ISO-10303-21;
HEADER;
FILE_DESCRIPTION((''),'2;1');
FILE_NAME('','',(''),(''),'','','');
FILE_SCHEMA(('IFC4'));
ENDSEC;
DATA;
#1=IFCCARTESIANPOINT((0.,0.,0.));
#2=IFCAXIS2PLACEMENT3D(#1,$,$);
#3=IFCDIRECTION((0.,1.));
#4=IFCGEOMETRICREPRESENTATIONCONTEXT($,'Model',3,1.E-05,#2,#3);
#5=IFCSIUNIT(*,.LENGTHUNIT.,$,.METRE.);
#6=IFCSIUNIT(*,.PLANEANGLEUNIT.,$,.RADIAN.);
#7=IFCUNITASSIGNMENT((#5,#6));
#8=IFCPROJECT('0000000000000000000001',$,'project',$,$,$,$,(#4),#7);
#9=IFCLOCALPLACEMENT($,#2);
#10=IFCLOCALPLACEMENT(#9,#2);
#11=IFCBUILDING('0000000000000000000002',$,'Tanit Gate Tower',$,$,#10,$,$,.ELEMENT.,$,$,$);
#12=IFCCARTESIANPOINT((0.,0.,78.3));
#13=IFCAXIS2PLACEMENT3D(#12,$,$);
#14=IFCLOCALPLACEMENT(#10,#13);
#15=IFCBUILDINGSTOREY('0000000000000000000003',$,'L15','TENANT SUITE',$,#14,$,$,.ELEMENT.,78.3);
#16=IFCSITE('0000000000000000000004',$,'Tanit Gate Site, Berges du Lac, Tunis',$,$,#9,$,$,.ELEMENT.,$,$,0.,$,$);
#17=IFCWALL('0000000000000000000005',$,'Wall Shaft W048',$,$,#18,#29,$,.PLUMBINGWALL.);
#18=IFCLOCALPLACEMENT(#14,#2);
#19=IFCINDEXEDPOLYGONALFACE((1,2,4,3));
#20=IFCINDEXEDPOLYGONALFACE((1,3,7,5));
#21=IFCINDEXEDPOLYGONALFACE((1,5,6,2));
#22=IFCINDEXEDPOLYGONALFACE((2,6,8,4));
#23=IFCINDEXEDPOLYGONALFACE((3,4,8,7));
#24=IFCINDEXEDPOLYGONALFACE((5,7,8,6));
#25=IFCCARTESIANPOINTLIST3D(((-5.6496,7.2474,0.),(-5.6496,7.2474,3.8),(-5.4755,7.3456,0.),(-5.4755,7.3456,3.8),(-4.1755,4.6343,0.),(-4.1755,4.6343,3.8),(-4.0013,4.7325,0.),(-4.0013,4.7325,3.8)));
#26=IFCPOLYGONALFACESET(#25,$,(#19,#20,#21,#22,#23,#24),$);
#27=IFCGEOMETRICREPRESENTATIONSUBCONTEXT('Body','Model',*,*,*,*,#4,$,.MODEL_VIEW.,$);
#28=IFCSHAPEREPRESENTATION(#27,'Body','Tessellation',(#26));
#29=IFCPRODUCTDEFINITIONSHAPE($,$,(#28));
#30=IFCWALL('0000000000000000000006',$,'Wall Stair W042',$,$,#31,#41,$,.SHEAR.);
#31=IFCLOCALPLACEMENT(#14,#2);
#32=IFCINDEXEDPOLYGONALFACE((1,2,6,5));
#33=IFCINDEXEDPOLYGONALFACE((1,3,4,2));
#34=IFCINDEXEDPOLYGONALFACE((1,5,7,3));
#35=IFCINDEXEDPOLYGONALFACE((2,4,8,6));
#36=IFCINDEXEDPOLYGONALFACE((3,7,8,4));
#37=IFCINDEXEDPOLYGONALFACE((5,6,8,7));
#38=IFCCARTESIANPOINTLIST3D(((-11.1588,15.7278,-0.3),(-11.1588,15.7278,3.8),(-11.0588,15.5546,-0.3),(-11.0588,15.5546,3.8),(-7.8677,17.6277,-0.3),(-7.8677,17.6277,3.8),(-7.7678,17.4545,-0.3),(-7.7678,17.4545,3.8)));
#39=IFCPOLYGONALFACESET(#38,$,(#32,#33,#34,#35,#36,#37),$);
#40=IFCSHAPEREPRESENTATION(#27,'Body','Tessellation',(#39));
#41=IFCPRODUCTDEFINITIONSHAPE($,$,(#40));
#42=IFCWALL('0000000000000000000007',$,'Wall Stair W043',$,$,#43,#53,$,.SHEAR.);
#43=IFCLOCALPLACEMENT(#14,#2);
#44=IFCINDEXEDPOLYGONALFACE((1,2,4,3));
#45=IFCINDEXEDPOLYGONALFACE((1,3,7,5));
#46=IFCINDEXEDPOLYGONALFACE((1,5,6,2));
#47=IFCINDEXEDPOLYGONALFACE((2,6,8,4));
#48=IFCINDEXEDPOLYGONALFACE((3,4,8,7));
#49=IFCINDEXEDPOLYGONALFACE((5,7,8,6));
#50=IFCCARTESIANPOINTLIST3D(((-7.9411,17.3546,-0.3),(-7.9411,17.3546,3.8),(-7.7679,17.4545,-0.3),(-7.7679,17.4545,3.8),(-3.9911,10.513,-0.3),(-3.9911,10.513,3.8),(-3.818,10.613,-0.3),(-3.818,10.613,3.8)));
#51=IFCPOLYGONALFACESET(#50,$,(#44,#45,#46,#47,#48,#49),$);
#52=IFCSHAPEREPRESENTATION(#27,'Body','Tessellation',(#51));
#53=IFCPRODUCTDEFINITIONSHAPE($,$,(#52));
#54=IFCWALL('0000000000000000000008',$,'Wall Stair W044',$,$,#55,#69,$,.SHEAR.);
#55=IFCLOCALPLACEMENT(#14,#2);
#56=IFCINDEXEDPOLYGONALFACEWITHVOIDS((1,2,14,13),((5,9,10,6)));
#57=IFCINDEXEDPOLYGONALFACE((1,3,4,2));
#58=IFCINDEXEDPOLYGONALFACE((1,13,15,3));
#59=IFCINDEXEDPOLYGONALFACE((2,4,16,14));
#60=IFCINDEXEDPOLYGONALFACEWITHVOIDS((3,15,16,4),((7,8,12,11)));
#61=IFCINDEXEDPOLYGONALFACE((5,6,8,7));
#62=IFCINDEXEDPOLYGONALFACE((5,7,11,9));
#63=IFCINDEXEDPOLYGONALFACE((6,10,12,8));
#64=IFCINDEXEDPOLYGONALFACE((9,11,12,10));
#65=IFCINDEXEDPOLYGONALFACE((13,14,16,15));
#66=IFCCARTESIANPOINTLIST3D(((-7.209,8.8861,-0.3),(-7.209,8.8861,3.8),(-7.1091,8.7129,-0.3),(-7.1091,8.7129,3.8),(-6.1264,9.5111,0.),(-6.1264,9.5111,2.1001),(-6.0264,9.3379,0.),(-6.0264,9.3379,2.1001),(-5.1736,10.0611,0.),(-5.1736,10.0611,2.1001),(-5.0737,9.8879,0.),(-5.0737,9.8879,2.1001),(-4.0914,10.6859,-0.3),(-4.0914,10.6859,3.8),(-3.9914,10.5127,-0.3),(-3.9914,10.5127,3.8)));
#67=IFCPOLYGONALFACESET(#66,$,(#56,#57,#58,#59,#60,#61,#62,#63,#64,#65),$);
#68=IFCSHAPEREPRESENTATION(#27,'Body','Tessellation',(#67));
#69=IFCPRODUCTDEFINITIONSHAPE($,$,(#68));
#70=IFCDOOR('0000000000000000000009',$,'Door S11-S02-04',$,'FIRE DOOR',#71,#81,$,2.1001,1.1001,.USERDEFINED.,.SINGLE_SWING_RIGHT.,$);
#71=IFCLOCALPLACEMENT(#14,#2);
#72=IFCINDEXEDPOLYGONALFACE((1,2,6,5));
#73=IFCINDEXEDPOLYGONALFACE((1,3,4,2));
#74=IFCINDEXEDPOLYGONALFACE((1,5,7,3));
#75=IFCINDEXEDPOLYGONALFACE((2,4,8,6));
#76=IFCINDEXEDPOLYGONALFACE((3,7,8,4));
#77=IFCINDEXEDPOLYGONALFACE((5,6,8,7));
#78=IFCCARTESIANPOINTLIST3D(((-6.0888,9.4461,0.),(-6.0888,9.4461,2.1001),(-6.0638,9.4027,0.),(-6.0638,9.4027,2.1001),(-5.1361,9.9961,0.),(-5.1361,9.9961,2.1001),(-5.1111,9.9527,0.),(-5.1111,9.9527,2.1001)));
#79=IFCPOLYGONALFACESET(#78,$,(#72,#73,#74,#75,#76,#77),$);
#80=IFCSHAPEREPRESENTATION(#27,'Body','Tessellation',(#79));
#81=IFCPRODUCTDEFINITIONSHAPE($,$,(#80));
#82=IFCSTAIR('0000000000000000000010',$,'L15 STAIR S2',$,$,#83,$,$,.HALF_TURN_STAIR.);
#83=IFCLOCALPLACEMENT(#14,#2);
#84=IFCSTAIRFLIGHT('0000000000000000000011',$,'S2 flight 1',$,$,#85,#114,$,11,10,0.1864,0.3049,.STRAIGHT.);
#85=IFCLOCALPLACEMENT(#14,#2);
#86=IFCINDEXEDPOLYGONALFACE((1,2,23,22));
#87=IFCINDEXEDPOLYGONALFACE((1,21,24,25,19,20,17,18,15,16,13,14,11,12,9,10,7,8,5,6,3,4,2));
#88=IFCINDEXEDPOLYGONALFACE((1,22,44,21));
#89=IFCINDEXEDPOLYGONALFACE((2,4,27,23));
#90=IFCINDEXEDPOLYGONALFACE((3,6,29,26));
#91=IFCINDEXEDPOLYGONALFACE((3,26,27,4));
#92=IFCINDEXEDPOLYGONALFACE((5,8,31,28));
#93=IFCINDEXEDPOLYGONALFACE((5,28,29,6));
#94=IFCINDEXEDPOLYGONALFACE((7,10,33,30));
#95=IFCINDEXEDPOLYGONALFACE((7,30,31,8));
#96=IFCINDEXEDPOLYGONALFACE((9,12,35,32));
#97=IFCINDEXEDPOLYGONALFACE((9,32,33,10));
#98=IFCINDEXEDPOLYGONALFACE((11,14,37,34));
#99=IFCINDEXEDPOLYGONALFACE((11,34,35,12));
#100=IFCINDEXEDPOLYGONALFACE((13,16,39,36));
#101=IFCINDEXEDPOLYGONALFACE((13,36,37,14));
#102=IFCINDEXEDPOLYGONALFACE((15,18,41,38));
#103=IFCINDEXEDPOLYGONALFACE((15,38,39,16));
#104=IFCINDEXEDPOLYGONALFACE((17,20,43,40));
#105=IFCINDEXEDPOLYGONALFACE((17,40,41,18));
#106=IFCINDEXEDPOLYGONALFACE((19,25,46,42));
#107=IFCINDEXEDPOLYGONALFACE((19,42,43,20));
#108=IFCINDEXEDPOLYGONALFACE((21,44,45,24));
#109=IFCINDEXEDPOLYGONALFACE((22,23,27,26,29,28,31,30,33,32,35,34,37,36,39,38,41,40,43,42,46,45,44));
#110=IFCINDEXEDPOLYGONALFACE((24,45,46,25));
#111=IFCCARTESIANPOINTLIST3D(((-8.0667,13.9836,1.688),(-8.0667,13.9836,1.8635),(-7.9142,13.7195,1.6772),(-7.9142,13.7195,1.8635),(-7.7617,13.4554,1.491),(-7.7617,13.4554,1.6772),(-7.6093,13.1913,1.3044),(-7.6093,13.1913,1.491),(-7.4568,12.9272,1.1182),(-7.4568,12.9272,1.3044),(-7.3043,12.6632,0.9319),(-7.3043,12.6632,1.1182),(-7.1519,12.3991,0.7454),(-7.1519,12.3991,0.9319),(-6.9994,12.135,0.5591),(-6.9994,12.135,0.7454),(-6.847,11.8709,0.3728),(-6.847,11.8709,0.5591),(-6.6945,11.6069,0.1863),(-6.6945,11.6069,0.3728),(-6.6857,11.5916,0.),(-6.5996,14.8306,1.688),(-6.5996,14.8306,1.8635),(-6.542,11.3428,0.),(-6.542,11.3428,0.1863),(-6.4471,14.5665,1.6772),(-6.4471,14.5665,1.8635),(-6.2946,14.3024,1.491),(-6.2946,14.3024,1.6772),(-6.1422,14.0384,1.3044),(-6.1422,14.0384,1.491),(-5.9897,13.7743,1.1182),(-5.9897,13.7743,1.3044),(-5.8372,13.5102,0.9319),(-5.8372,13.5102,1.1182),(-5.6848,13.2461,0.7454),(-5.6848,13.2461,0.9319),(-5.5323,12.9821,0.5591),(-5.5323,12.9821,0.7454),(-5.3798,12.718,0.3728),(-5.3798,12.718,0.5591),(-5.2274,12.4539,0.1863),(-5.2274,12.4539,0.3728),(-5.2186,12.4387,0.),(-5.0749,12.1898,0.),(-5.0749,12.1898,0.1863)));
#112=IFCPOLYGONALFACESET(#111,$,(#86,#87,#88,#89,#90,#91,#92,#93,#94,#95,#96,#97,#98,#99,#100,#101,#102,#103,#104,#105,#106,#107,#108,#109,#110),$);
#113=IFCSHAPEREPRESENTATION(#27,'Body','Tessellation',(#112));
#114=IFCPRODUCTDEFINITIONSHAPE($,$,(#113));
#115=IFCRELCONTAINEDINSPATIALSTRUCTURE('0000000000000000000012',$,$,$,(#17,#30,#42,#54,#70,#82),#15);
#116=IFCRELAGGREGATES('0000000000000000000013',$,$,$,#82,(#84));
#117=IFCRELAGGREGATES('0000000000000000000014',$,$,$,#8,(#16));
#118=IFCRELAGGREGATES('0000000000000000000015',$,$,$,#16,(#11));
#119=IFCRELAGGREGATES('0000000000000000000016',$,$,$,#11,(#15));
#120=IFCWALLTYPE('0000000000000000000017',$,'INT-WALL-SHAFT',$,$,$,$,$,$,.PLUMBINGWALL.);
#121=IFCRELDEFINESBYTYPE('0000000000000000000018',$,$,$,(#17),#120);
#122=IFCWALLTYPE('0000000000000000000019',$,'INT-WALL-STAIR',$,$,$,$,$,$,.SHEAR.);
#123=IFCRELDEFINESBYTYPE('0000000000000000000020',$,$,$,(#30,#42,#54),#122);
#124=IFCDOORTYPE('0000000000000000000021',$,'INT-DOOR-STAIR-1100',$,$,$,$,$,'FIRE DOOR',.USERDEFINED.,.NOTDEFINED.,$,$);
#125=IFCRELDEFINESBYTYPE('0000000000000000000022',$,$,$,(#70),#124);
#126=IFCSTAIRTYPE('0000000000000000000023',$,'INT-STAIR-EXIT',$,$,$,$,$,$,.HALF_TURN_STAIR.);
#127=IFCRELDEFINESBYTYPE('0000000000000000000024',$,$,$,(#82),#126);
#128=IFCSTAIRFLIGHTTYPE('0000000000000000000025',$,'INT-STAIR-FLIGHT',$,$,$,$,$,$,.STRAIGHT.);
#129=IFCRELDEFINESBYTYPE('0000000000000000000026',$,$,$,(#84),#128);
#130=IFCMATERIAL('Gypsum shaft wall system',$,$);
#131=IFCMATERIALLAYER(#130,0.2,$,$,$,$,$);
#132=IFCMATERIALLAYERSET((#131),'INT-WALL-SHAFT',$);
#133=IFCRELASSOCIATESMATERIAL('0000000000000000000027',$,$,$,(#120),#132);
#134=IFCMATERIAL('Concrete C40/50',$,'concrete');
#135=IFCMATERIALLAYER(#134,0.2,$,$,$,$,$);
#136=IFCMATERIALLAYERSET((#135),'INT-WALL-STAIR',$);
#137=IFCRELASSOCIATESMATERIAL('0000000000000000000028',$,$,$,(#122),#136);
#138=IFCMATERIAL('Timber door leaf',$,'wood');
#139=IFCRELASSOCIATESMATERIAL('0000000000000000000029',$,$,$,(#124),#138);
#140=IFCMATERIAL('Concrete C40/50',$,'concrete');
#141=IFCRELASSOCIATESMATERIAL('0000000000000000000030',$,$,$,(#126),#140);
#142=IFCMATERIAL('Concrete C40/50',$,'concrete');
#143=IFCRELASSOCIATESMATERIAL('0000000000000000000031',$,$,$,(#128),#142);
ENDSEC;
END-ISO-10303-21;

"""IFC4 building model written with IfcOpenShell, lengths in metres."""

from ifc_helpers import new_model, si_unit, direction, frame, frame_2d, origin, place, context, subcontext, project, spatial, polyline, rectangle, outline, extrude, material, layer, layer_set, type_object, element, fill, aggregate, save


model = new_model("IFC4")

# Units and contexts
model_context = context("Model", 3, precision=1e-05, world=origin(), true_north=direction((0.0, 1.0)))
body_context = subcontext(model_context, "Body", "Model", "MODEL_VIEW")
ifc_project = project(units=[si_unit("LENGTHUNIT", "METRE"), si_unit("PLANEANGLEUNIT", "RADIAN")], contexts=[model_context])

# Site, building, storey
site_placement = place(None, origin())
site = spatial("IfcSite", under=ifc_project, at=site_placement, Name="Tanit Gate Site, Berges du Lac, Tunis", CompositionType="ELEMENT", RefElevation=0.0)
building_placement = place(site_placement, origin())
building = spatial("IfcBuilding", under=site, at=building_placement, Name="Tanit Gate Tower", CompositionType="ELEMENT")
storey_placement = place(building_placement, frame((0.0, 0.0, 78.3)))
storey = spatial("IfcBuildingStorey", under=building, at=storey_placement, Name="L15", Description="TENANT SUITE", CompositionType="ELEMENT", Elevation=78.3)

# Shared definitions
ifc_material_1 = material(Name="Gypsum shaft wall system")
ifc_layer_1 = layer(ifc_material_1, 0.2)
ifc_layer_set_1 = layer_set([ifc_layer_1], Name="INT-WALL-SHAFT")
wall_type_1 = type_object("IfcWallType", Name="INT-WALL-SHAFT", PredefinedType="PLUMBINGWALL", material=ifc_layer_set_1)

# Walls
wall_1_placement = place(storey_placement, frame((-5.5625, 7.2964, 0.0), z_axis=(0.0, 0.0, 1.0), x_axis=(0.491347, -0.870964, 0.0)))
element("IfcWall", 1, at=wall_1_placement, inside=storey, type_object=wall_type_1, Name="Wall Shaft W048", PredefinedType="PLUMBINGWALL", context=body_context, shape_type="SweptSolid", body=[
    extrude(rectangle(XDim=3.0002, YDim=0.2, at=frame_2d((1.5, 0.0))), origin(), (0.0, 0.0, 1.0), 3.8),
])
ifc_material_2 = material(Name="Concrete C40/50", Category="concrete")
ifc_layer_2 = layer(ifc_material_2, 0.2)
ifc_layer_set_2 = layer_set([ifc_layer_2], Name="INT-WALL-STAIR")
wall_type_2 = type_object("IfcWallType", Name="INT-WALL-STAIR", PredefinedType="SHEAR", material=ifc_layer_set_2)
wall_2_placement = place(storey_placement, frame((-7.8179, 17.541, -0.3), z_axis=(0.0, 0.0, 1.0), x_axis=(-0.866044, -0.499967, 0.0)))
element("IfcWall", 2, at=wall_2_placement, inside=storey, type_object=wall_type_2, Name="Wall Stair W042", PredefinedType="SHEAR", context=body_context, shape_type="SweptSolid", body=[
    extrude(rectangle(XDim=3.8, YDim=0.2, at=frame_2d((1.8999, 0.0))), origin(), (0.0, 0.0, 1.0), 4.1001),
])
wall_3_placement = place(storey_placement, frame((-7.8545, 17.4045, -0.3), z_axis=(0.0, 0.0, 1.0), x_axis=(0.499998, -0.866027, 0.0)))
element("IfcWall", 3, at=wall_3_placement, inside=storey, type_object=wall_type_2, Name="Wall Stair W043", PredefinedType="SHEAR", context=body_context, shape_type="SweptSolid", body=[
    extrude(rectangle(XDim=7.8999, YDim=0.2, at=frame_2d((3.95, 0.0))), origin(), (0.0, 0.0, 1.0), 4.1001),
])

# Wall, opening, door
wall_4_placement = place(storey_placement, frame((-7.1589, 8.7996, -0.3), z_axis=(0.0, 0.0, 1.0), x_axis=(0.866048, 0.499961, 0.0)))
wall_4 = element("IfcWall", 4, at=wall_4_placement, inside=storey, type_object=wall_type_2, Name="Wall Stair W044", PredefinedType="SHEAR", context=body_context, shape_type="SweptSolid", body=[
    extrude(rectangle(XDim=3.5999, YDim=0.2, at=frame_2d((1.7998, 0.0))), origin(), (0.0, 0.0, 1.0), 4.1001),
])
opening_1_placement = place(wall_4_placement, frame((1.25, 0.0, 0.3)))
opening_1 = element("IfcOpeningElement", 5, at=opening_1_placement, cuts=wall_4, PredefinedType="OPENING", context=body_context, shape_type="SweptSolid", body=[
    extrude(rectangle(XDim=1.1001, YDim=2.1001, at=frame_2d((0.55, 1.05))), frame((0.0, 0.1099, 0.0), z_axis=(0.0, -1.0, 0.0), x_axis=(1.0, 0.0, 0.0)), (0.0, 0.0, 1.0), 0.22),
])
ifc_material_3 = material(Name="Timber door leaf", Category="wood")
door_type_1 = type_object("IfcDoorType", Name="INT-DOOR-STAIR-1100", ElementType="FIRE DOOR", OperationType="NOTDEFINED", PredefinedType="USERDEFINED", material=ifc_material_3)
door_1_placement = place(opening_1_placement, origin())
door_1 = element("IfcDoor", 6, at=door_1_placement, inside=storey, type_object=door_type_1, Name="Door S11-S02-04", ObjectType="FIRE DOOR", OperationType="SINGLE_SWING_RIGHT", OverallHeight=2.1001, OverallWidth=1.1001, PredefinedType="USERDEFINED", context=body_context, shape_type="SweptSolid", body=[
    extrude(rectangle(XDim=1.1001, YDim=2.1001, at=frame_2d((0.55, 1.05))), frame((0.0, 0.0249, 0.0), z_axis=(0.0, -1.0, 0.0), x_axis=(1.0, 0.0, 0.0)), (0.0, 0.0, 1.0), 0.05),
])
fill(opening_1, door_1)

# Stair, stair flight
ifc_material_4 = material(Name="Concrete C40/50", Category="concrete")
stair_type = type_object("IfcStairType", Name="INT-STAIR-EXIT", PredefinedType="HALF_TURN_STAIR", material=ifc_material_4)
stair_placement = place(storey_placement, origin())
stair = element("IfcStair", 7, at=stair_placement, inside=storey, type_object=stair_type, Name="L15 STAIR S2", PredefinedType="HALF_TURN_STAIR")
ifc_material_5 = material(Name="Concrete C40/50", Category="concrete")
stair_flight_type = type_object("IfcStairFlightType", Name="INT-STAIR-FLIGHT", PredefinedType="STRAIGHT", material=ifc_material_5)
stair_flight_placement = place(storey_placement, frame((-5.8083, 11.7664, 0.0), z_axis=(0.0, 0.0, 1.0), x_axis=(-0.5, 0.866025, 0.0)))
stair_flight = element("IfcStairFlight", 8, at=stair_flight_placement, type_object=stair_flight_type, Name="S2 flight 1", NumberOfRisers=11, NumberOfTreads=10, PredefinedType="STRAIGHT", RiserHeight=0.1864, TreadLength=0.3049, context=body_context, shape_type="SweptSolid", body=[
    extrude(outline(polyline([(0.0, 0.0), (0.0, 0.1863), (0.3049, 0.1863), (0.3049, 0.3728), (0.6099, 0.3728), (0.6099, 0.5591), (0.9148, 0.5591), (0.9148, 0.7454), (1.2197, 0.7454), (1.2197, 0.9319), (1.5247, 0.9319), (1.5247, 1.1182), (1.8296, 1.1182), (1.8296, 1.3044), (2.1345, 1.3044), (2.1345, 1.491), (2.4395, 1.491), (2.4395, 1.6772), (2.7444, 1.6772), (2.7444, 1.8635), (3.0493, 1.8635), (3.0493, 2.05), (3.0493, 1.688), (0.2874, 0.0), (0.0, 0.0)])), frame((0.0, 0.8472, 0.0), z_axis=(0.0, -1.0, 0.0), x_axis=(1.0, 0.0, 0.0)), (0.0, 0.0, 1.0), 1.6941),
])
aggregate(stair, [stair_flight])

save(model, "model.ifc")
